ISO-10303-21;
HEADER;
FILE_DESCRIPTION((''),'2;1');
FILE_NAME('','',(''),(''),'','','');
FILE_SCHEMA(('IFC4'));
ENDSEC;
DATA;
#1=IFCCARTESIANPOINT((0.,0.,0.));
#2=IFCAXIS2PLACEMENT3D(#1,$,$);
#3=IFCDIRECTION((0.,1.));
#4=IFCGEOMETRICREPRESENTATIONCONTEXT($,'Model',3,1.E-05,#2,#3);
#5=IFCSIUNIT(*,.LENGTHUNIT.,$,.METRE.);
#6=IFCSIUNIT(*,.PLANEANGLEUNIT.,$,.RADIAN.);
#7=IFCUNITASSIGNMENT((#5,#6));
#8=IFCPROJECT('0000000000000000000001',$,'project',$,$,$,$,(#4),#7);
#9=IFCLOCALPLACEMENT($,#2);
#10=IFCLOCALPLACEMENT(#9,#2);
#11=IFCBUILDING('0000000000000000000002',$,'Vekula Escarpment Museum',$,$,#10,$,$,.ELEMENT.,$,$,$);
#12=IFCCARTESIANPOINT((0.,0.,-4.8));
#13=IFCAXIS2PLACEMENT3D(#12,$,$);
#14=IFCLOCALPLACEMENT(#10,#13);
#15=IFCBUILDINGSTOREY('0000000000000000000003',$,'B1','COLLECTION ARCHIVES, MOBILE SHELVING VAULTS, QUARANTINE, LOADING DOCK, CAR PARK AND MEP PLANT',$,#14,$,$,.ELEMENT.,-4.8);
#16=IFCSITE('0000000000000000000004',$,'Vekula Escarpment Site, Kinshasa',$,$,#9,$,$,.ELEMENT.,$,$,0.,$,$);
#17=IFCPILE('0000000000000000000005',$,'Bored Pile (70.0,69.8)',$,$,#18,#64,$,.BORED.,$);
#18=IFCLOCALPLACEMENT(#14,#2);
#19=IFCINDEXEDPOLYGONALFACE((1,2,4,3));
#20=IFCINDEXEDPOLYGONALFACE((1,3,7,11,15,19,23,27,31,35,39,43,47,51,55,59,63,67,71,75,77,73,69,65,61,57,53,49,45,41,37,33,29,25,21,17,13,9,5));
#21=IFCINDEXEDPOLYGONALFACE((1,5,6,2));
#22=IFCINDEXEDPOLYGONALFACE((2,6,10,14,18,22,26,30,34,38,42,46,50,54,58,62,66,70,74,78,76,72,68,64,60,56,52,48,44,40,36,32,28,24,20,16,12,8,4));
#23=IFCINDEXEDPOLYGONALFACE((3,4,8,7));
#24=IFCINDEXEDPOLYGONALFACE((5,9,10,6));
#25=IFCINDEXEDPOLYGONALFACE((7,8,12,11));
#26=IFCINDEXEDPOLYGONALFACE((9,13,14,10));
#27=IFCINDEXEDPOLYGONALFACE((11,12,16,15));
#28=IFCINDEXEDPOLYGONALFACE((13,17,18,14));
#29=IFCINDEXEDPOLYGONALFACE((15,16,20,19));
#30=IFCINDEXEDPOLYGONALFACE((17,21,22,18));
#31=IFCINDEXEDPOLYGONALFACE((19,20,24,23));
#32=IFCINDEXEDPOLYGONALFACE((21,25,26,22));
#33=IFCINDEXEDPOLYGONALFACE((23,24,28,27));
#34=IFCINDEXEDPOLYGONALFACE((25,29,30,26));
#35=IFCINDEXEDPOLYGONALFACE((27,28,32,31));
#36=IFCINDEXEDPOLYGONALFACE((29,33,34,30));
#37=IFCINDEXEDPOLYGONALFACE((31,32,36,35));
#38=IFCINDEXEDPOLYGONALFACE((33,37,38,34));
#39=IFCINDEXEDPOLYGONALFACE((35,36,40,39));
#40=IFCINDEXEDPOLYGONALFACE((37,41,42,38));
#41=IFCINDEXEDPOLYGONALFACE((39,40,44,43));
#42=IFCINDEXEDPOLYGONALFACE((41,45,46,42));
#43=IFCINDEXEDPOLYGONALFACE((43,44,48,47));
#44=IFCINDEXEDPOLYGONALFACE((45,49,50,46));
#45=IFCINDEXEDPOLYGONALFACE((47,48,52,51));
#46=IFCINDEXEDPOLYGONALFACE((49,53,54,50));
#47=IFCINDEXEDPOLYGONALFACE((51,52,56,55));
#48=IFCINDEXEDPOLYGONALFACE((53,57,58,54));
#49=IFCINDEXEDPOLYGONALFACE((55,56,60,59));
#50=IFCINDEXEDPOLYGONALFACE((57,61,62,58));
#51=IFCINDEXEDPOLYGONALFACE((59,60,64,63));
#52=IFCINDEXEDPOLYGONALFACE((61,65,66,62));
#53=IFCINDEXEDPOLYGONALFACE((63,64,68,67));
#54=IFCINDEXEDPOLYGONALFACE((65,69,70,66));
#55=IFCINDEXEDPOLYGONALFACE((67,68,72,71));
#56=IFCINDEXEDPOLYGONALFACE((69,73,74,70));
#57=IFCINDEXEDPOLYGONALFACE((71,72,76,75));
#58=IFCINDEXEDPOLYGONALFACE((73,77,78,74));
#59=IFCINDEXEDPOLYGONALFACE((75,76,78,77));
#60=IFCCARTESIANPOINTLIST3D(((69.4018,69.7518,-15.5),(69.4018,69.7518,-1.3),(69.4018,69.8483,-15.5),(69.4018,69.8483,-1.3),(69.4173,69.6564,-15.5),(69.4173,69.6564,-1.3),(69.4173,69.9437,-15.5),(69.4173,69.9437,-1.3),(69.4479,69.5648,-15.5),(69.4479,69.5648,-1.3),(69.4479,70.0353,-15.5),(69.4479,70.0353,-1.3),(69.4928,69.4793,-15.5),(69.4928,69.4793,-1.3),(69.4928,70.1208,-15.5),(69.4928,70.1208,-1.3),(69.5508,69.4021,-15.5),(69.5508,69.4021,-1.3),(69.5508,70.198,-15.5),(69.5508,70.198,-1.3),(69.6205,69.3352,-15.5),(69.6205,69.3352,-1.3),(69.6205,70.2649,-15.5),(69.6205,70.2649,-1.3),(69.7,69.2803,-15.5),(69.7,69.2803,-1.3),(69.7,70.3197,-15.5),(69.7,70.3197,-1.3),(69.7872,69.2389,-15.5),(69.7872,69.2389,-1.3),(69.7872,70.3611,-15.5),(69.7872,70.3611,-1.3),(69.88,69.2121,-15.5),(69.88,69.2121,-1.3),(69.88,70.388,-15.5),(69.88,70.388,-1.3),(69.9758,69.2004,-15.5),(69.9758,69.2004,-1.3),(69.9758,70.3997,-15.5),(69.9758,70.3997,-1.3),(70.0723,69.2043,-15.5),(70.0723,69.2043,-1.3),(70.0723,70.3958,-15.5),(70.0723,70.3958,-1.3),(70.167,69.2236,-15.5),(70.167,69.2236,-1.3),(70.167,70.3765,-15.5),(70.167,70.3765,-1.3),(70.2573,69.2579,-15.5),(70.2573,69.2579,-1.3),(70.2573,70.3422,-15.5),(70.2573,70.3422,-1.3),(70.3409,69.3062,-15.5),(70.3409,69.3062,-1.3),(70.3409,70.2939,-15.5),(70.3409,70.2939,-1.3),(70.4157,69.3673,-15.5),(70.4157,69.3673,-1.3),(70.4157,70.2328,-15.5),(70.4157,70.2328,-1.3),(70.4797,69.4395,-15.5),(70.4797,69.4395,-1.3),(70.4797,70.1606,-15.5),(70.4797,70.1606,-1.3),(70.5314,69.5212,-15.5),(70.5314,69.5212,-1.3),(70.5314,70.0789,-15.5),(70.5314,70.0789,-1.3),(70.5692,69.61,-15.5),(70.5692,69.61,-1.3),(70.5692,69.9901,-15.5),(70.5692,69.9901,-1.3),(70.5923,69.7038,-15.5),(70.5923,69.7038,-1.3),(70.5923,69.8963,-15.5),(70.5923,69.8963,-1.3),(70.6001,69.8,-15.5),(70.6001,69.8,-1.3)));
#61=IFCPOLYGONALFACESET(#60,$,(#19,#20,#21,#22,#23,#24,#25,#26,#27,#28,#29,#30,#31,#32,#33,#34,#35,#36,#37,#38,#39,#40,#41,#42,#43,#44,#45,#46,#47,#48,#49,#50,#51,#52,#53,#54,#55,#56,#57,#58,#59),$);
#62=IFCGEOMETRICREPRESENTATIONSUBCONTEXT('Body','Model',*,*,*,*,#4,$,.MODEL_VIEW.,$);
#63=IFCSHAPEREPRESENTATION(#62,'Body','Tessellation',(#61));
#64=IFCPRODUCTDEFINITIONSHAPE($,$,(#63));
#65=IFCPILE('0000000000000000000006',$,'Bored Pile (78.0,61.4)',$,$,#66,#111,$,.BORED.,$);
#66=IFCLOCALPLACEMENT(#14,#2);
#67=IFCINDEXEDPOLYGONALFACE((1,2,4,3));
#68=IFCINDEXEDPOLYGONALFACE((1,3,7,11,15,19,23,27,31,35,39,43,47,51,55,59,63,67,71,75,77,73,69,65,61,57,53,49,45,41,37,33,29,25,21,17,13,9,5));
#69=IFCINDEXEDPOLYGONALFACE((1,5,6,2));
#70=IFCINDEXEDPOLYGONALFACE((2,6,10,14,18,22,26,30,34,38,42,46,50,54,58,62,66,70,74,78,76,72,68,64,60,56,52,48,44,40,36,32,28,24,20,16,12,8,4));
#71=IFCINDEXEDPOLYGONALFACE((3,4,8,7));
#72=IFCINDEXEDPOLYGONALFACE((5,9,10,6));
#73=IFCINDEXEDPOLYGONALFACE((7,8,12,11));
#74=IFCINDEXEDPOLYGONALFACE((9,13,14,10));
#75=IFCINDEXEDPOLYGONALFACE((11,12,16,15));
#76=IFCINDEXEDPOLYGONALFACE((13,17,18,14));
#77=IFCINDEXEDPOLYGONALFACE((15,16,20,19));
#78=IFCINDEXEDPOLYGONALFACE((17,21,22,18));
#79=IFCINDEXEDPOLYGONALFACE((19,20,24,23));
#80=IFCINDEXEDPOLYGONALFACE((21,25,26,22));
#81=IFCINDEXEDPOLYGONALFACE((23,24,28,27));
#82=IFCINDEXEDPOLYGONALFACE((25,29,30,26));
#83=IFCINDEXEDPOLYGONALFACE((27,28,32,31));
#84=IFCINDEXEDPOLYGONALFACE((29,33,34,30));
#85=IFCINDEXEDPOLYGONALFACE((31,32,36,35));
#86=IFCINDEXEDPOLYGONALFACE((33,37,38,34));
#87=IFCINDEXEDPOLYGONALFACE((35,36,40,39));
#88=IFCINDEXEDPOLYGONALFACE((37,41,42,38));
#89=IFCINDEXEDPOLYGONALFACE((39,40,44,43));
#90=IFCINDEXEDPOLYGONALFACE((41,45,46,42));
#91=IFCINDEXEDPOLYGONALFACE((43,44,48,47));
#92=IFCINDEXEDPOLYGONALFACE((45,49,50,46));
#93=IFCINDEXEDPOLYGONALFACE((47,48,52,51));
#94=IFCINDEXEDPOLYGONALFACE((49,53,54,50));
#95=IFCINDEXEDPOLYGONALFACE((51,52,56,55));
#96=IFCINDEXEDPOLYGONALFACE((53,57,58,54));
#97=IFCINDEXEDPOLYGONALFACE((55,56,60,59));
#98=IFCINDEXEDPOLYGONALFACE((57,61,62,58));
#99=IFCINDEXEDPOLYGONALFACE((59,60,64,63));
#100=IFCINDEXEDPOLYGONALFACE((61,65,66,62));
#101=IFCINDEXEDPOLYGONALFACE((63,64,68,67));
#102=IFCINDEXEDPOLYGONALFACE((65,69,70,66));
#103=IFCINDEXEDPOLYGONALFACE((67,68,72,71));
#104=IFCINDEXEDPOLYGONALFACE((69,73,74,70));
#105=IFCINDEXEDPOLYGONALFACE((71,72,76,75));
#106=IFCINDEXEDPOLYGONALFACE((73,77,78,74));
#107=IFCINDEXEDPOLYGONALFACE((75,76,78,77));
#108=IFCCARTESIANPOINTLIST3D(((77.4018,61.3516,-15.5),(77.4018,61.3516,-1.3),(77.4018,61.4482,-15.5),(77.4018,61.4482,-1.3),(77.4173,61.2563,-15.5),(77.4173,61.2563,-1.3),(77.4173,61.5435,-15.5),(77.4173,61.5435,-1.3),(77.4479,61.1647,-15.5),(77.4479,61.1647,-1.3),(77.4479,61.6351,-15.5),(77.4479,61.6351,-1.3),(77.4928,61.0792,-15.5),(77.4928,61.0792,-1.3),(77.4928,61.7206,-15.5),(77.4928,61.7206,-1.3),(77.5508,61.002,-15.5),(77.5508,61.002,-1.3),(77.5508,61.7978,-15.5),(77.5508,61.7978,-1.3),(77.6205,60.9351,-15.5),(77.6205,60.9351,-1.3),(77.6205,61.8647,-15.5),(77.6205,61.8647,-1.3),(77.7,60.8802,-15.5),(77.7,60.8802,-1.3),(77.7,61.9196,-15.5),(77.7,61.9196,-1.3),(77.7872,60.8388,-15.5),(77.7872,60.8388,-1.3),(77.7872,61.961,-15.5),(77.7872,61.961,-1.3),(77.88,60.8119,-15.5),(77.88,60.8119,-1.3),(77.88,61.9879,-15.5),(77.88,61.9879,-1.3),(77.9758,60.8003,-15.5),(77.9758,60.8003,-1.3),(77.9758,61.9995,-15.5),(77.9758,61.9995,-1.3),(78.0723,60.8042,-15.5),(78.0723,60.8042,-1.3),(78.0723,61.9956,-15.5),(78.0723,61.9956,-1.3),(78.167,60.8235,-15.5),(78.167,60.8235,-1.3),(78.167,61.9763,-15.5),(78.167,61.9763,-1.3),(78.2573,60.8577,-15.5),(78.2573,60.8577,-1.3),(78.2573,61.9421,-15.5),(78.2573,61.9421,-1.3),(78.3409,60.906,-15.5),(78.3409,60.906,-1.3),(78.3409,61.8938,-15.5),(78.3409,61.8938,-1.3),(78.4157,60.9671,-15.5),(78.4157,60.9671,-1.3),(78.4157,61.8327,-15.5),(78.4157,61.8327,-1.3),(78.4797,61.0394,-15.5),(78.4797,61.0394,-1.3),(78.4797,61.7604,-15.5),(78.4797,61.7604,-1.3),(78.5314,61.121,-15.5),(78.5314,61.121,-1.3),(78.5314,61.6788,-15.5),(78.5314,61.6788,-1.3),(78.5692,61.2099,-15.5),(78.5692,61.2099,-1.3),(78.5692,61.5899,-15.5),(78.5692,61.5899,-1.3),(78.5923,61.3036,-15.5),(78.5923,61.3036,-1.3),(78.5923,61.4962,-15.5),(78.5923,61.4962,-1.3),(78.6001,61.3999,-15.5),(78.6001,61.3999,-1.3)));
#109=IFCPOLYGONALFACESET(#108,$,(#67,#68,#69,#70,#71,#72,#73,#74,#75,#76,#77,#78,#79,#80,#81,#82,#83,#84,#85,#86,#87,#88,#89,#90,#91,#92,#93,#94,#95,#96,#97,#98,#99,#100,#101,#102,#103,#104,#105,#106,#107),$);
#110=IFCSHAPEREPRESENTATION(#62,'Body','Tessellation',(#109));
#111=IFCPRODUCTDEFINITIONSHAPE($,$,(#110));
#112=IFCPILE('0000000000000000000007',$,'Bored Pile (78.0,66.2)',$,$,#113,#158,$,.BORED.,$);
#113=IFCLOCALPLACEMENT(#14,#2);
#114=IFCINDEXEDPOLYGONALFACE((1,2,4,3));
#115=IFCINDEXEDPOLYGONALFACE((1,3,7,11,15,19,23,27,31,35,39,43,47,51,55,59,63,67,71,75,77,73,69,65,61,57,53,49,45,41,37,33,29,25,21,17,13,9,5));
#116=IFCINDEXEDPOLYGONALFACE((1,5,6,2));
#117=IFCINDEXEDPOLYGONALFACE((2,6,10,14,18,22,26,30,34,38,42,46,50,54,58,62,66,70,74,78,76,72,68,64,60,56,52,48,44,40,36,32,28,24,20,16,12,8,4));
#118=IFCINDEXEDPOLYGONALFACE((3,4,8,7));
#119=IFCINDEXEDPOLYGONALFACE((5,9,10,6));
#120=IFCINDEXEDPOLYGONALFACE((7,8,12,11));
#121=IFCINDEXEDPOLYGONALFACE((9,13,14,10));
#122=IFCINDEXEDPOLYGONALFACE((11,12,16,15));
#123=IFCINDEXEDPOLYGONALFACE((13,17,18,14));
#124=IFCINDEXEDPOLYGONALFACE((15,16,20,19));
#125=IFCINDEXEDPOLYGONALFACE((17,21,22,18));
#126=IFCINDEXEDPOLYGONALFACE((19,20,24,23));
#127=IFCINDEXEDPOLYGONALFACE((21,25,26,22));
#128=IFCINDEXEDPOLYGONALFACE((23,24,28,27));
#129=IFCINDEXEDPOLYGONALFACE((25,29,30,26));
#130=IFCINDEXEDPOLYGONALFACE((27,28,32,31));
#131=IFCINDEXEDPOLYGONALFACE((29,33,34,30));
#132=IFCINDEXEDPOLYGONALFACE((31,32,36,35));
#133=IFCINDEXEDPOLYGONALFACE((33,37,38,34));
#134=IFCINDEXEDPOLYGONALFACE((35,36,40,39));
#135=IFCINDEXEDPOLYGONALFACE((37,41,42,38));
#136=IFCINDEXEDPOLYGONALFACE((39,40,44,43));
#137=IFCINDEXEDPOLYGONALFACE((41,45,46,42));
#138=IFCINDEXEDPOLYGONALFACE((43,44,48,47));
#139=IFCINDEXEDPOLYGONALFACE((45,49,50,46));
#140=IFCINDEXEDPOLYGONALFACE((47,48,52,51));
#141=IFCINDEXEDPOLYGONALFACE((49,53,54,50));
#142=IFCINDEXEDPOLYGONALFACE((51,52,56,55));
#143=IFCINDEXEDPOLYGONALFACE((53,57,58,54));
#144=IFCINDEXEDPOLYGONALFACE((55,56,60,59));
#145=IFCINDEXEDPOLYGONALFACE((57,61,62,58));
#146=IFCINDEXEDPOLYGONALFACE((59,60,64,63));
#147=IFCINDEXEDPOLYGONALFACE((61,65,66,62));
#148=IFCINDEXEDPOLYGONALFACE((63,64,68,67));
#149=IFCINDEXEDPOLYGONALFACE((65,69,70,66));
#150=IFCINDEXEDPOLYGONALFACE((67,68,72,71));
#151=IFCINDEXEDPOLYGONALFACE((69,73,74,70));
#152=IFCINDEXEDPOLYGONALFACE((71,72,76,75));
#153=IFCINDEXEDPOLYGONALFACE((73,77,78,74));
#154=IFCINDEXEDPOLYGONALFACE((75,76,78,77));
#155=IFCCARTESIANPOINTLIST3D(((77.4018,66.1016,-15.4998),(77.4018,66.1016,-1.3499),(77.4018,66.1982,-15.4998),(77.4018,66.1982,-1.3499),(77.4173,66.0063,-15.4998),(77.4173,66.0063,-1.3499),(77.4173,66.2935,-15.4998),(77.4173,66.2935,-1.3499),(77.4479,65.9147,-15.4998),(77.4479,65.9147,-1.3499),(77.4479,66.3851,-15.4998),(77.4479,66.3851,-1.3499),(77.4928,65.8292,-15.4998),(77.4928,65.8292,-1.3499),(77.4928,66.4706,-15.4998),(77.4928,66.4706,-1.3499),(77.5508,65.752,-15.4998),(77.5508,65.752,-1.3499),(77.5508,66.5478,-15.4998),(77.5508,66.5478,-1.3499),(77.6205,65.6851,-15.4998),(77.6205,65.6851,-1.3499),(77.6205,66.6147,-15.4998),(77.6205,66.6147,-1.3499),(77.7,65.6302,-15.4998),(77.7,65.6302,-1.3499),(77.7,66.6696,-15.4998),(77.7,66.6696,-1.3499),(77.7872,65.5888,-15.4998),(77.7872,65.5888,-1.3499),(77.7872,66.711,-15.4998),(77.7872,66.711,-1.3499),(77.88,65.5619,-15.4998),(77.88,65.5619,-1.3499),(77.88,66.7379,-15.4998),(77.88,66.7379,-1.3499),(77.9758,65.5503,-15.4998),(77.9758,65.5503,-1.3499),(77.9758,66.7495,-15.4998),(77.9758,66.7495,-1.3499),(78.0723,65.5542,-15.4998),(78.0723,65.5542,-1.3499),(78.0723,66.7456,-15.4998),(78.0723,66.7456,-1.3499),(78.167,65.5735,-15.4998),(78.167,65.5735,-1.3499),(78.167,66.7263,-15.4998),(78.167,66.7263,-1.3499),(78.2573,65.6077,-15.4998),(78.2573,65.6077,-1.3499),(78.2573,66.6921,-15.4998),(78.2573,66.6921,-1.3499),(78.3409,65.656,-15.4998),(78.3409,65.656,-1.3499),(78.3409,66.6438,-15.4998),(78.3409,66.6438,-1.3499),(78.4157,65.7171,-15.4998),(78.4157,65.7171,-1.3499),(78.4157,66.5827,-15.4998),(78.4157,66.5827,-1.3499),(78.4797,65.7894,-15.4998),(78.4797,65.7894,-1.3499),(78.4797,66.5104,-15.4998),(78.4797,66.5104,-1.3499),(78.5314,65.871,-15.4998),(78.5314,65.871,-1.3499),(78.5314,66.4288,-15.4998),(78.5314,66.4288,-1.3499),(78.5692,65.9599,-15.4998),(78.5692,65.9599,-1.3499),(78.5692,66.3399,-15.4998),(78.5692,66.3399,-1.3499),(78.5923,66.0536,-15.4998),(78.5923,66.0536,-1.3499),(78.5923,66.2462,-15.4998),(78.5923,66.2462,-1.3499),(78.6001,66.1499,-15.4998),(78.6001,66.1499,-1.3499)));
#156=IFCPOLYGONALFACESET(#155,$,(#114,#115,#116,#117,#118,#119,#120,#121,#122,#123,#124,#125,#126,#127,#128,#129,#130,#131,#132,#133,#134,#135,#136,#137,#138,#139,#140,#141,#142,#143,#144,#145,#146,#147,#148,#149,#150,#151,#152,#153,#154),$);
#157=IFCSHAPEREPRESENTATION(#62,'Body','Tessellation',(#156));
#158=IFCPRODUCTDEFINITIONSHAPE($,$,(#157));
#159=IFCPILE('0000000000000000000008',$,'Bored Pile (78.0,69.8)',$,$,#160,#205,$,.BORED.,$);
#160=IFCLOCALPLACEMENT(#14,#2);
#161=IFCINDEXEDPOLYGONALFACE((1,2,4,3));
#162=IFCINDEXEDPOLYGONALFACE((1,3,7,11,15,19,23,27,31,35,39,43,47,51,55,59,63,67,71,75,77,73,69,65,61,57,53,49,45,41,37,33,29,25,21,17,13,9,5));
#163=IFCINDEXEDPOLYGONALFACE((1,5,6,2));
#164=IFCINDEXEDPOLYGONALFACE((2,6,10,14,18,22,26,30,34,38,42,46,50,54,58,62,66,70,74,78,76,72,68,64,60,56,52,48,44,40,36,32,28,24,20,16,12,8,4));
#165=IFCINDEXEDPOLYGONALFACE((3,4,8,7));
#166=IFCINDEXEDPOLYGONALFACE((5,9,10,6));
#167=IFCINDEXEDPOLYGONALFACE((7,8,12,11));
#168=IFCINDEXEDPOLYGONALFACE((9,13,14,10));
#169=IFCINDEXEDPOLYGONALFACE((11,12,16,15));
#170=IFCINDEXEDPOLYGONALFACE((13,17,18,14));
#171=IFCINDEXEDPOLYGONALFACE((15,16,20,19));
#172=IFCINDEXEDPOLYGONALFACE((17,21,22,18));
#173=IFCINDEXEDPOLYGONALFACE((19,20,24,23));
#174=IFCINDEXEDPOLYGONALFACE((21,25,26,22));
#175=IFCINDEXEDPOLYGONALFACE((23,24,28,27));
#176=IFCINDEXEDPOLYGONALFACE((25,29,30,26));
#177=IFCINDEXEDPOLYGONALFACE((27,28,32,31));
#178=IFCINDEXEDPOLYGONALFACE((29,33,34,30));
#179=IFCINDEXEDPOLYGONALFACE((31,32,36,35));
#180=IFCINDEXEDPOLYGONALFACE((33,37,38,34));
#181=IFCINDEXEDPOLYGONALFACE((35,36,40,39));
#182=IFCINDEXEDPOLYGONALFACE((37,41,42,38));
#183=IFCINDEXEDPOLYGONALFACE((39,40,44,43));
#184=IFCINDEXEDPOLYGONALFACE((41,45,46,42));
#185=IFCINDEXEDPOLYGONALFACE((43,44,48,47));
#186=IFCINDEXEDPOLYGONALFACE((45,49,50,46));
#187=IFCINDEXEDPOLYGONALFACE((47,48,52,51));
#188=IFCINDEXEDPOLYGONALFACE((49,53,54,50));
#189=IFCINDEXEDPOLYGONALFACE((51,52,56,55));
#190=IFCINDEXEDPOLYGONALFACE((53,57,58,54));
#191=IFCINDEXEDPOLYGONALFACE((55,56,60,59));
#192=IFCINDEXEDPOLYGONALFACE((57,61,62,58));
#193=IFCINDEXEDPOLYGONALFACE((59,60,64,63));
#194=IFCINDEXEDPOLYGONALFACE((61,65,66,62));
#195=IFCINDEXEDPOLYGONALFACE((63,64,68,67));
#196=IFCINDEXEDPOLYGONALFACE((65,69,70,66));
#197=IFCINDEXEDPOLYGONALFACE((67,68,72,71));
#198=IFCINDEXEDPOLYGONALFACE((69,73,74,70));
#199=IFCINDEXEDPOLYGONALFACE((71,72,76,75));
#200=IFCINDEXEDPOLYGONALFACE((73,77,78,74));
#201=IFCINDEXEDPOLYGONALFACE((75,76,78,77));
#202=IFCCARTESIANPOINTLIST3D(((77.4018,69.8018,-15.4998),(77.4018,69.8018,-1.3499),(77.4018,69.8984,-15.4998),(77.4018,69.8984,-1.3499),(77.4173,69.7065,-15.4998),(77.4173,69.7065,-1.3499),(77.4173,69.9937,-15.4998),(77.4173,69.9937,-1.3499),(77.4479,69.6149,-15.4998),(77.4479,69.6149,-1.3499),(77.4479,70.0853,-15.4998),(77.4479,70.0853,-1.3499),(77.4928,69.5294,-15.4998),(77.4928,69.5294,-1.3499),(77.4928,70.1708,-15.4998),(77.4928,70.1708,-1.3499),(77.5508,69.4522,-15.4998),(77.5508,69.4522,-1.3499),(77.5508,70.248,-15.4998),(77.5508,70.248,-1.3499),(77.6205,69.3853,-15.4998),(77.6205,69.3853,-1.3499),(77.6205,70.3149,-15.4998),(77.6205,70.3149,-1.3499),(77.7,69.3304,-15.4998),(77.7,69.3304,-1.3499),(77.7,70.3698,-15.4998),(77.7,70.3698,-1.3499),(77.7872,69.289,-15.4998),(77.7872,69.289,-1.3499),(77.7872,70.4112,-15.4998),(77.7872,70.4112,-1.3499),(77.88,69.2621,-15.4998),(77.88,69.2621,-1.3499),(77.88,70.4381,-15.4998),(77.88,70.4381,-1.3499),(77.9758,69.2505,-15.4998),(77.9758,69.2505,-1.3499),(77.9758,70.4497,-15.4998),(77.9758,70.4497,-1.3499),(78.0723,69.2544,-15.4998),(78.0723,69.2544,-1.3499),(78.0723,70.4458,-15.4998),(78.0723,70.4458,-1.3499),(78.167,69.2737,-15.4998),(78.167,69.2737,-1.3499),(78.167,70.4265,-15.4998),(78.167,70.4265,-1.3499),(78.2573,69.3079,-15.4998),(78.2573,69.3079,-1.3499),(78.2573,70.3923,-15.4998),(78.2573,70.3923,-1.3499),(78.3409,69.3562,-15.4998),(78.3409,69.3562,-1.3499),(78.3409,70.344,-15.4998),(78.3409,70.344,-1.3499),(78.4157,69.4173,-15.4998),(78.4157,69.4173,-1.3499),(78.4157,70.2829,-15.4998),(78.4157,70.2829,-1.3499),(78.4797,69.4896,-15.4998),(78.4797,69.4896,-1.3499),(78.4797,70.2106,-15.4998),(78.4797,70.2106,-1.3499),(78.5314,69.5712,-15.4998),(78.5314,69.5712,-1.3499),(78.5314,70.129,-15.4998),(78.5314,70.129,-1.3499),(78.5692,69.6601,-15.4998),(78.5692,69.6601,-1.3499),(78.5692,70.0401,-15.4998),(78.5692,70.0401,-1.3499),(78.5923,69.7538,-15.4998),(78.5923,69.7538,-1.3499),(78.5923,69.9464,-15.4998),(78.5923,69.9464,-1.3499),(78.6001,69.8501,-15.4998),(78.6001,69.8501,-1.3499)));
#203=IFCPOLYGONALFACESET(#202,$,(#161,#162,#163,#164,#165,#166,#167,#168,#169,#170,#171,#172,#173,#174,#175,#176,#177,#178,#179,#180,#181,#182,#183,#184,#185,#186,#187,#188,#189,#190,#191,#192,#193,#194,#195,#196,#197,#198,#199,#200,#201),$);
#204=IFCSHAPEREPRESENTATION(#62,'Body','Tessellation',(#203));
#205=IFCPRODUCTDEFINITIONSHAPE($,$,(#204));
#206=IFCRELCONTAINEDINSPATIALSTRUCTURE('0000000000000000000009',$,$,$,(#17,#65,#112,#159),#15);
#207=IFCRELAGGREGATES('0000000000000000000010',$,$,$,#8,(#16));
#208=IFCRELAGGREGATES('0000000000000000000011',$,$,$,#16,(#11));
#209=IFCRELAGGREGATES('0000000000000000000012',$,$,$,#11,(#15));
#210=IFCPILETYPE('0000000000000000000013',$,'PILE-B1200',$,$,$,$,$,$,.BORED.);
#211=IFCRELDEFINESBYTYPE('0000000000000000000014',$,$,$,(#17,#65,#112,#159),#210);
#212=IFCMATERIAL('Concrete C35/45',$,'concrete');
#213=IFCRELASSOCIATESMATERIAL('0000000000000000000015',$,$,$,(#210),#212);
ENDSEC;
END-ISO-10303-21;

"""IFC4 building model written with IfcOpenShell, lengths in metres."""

from ifc_helpers import new_model, si_unit, direction, frame, origin, origin_2d, place, context, subcontext, project, spatial, circle, extrude, material, material_profile, profile_set, type_object, element, save


model = new_model("IFC4")

# Units and contexts
model_context = context("Model", 3, precision=1e-05, world=origin(), true_north=direction((0.0, 1.0)))
body_context = subcontext(model_context, "Body", "Model", "MODEL_VIEW")
ifc_project = project(units=[si_unit("LENGTHUNIT", "METRE"), si_unit("PLANEANGLEUNIT", "RADIAN")], contexts=[model_context])

# Site, building, storey
site_placement = place(None, origin())
site = spatial("IfcSite", under=ifc_project, at=site_placement, Name="Vekula Escarpment Site, Kinshasa", CompositionType="ELEMENT", RefElevation=0.0)
building_placement = place(site_placement, origin())
building = spatial("IfcBuilding", under=site, at=building_placement, Name="Vekula Escarpment Museum", CompositionType="ELEMENT")
storey_placement = place(building_placement, frame((0.0, 0.0, -4.8)))
storey = spatial("IfcBuildingStorey", under=building, at=storey_placement, Name="B1", Description="COLLECTION ARCHIVES, MOBILE SHELVING VAULTS, QUARANTINE, LOADING DOCK, CAR PARK AND MEP PLANT", CompositionType="ELEMENT", Elevation=-4.8)

# Piles
ifc_material_1 = material(Name="Concrete C35/45", Category="concrete")
ifc_material_profile_1 = material_profile(ifc_material_1, circle(Radius=0.6001, at=origin_2d()), Name="BORED PILE 1200")
ifc_profile_set_1 = profile_set([ifc_material_profile_1], Name="Concrete C35/45")
pile_type = type_object("IfcPileType", Name="PILE-B1200", PredefinedType="BORED", material=ifc_profile_set_1)
for number, where, z_axis, x_axis, name in (
    (1, (70.0, 69.8, -1.3), (0.0, 0.0, -1.0), (1.0, 0.0, 0.0), "Bored Pile (70.0,69.8)"),
    (2, (78.0, 61.3999, -1.3), (0.0, 0.0, -1.0), (1.0, 0.0, 0.0), "Bored Pile (78.0,61.4)"),
):
    element("IfcPile", number, at=place(storey_placement, frame(where, z_axis=z_axis, x_axis=x_axis)), inside=storey, type_object=pile_type, Name=name, PredefinedType="BORED", context=body_context, shape_type="SweptSolid", body=[
        extrude(circle(Radius=0.6001, at=origin_2d()), origin(), (0.0, 0.0, 1.0), 14.2),
    ])
for number, where, z_axis, x_axis, name in (
    (3, (78.0, 66.1499, -1.3499), (0.0, 0.0, -1.0), (1.0, 0.0, 0.0), "Bored Pile (78.0,66.2)"),
    (4, (78.0, 69.8501, -1.3499), (0.0, 0.0, -1.0), (1.0, 0.0, 0.0), "Bored Pile (78.0,69.8)"),
):
    element("IfcPile", number, at=place(storey_placement, frame(where, z_axis=z_axis, x_axis=x_axis)), inside=storey, type_object=pile_type, Name=name, PredefinedType="BORED", context=body_context, shape_type="SweptSolid", body=[
        extrude(circle(Radius=0.6001, at=origin_2d()), origin(), (0.0, 0.0, 1.0), 14.1499),
    ])

save(model, "model.ifc")
